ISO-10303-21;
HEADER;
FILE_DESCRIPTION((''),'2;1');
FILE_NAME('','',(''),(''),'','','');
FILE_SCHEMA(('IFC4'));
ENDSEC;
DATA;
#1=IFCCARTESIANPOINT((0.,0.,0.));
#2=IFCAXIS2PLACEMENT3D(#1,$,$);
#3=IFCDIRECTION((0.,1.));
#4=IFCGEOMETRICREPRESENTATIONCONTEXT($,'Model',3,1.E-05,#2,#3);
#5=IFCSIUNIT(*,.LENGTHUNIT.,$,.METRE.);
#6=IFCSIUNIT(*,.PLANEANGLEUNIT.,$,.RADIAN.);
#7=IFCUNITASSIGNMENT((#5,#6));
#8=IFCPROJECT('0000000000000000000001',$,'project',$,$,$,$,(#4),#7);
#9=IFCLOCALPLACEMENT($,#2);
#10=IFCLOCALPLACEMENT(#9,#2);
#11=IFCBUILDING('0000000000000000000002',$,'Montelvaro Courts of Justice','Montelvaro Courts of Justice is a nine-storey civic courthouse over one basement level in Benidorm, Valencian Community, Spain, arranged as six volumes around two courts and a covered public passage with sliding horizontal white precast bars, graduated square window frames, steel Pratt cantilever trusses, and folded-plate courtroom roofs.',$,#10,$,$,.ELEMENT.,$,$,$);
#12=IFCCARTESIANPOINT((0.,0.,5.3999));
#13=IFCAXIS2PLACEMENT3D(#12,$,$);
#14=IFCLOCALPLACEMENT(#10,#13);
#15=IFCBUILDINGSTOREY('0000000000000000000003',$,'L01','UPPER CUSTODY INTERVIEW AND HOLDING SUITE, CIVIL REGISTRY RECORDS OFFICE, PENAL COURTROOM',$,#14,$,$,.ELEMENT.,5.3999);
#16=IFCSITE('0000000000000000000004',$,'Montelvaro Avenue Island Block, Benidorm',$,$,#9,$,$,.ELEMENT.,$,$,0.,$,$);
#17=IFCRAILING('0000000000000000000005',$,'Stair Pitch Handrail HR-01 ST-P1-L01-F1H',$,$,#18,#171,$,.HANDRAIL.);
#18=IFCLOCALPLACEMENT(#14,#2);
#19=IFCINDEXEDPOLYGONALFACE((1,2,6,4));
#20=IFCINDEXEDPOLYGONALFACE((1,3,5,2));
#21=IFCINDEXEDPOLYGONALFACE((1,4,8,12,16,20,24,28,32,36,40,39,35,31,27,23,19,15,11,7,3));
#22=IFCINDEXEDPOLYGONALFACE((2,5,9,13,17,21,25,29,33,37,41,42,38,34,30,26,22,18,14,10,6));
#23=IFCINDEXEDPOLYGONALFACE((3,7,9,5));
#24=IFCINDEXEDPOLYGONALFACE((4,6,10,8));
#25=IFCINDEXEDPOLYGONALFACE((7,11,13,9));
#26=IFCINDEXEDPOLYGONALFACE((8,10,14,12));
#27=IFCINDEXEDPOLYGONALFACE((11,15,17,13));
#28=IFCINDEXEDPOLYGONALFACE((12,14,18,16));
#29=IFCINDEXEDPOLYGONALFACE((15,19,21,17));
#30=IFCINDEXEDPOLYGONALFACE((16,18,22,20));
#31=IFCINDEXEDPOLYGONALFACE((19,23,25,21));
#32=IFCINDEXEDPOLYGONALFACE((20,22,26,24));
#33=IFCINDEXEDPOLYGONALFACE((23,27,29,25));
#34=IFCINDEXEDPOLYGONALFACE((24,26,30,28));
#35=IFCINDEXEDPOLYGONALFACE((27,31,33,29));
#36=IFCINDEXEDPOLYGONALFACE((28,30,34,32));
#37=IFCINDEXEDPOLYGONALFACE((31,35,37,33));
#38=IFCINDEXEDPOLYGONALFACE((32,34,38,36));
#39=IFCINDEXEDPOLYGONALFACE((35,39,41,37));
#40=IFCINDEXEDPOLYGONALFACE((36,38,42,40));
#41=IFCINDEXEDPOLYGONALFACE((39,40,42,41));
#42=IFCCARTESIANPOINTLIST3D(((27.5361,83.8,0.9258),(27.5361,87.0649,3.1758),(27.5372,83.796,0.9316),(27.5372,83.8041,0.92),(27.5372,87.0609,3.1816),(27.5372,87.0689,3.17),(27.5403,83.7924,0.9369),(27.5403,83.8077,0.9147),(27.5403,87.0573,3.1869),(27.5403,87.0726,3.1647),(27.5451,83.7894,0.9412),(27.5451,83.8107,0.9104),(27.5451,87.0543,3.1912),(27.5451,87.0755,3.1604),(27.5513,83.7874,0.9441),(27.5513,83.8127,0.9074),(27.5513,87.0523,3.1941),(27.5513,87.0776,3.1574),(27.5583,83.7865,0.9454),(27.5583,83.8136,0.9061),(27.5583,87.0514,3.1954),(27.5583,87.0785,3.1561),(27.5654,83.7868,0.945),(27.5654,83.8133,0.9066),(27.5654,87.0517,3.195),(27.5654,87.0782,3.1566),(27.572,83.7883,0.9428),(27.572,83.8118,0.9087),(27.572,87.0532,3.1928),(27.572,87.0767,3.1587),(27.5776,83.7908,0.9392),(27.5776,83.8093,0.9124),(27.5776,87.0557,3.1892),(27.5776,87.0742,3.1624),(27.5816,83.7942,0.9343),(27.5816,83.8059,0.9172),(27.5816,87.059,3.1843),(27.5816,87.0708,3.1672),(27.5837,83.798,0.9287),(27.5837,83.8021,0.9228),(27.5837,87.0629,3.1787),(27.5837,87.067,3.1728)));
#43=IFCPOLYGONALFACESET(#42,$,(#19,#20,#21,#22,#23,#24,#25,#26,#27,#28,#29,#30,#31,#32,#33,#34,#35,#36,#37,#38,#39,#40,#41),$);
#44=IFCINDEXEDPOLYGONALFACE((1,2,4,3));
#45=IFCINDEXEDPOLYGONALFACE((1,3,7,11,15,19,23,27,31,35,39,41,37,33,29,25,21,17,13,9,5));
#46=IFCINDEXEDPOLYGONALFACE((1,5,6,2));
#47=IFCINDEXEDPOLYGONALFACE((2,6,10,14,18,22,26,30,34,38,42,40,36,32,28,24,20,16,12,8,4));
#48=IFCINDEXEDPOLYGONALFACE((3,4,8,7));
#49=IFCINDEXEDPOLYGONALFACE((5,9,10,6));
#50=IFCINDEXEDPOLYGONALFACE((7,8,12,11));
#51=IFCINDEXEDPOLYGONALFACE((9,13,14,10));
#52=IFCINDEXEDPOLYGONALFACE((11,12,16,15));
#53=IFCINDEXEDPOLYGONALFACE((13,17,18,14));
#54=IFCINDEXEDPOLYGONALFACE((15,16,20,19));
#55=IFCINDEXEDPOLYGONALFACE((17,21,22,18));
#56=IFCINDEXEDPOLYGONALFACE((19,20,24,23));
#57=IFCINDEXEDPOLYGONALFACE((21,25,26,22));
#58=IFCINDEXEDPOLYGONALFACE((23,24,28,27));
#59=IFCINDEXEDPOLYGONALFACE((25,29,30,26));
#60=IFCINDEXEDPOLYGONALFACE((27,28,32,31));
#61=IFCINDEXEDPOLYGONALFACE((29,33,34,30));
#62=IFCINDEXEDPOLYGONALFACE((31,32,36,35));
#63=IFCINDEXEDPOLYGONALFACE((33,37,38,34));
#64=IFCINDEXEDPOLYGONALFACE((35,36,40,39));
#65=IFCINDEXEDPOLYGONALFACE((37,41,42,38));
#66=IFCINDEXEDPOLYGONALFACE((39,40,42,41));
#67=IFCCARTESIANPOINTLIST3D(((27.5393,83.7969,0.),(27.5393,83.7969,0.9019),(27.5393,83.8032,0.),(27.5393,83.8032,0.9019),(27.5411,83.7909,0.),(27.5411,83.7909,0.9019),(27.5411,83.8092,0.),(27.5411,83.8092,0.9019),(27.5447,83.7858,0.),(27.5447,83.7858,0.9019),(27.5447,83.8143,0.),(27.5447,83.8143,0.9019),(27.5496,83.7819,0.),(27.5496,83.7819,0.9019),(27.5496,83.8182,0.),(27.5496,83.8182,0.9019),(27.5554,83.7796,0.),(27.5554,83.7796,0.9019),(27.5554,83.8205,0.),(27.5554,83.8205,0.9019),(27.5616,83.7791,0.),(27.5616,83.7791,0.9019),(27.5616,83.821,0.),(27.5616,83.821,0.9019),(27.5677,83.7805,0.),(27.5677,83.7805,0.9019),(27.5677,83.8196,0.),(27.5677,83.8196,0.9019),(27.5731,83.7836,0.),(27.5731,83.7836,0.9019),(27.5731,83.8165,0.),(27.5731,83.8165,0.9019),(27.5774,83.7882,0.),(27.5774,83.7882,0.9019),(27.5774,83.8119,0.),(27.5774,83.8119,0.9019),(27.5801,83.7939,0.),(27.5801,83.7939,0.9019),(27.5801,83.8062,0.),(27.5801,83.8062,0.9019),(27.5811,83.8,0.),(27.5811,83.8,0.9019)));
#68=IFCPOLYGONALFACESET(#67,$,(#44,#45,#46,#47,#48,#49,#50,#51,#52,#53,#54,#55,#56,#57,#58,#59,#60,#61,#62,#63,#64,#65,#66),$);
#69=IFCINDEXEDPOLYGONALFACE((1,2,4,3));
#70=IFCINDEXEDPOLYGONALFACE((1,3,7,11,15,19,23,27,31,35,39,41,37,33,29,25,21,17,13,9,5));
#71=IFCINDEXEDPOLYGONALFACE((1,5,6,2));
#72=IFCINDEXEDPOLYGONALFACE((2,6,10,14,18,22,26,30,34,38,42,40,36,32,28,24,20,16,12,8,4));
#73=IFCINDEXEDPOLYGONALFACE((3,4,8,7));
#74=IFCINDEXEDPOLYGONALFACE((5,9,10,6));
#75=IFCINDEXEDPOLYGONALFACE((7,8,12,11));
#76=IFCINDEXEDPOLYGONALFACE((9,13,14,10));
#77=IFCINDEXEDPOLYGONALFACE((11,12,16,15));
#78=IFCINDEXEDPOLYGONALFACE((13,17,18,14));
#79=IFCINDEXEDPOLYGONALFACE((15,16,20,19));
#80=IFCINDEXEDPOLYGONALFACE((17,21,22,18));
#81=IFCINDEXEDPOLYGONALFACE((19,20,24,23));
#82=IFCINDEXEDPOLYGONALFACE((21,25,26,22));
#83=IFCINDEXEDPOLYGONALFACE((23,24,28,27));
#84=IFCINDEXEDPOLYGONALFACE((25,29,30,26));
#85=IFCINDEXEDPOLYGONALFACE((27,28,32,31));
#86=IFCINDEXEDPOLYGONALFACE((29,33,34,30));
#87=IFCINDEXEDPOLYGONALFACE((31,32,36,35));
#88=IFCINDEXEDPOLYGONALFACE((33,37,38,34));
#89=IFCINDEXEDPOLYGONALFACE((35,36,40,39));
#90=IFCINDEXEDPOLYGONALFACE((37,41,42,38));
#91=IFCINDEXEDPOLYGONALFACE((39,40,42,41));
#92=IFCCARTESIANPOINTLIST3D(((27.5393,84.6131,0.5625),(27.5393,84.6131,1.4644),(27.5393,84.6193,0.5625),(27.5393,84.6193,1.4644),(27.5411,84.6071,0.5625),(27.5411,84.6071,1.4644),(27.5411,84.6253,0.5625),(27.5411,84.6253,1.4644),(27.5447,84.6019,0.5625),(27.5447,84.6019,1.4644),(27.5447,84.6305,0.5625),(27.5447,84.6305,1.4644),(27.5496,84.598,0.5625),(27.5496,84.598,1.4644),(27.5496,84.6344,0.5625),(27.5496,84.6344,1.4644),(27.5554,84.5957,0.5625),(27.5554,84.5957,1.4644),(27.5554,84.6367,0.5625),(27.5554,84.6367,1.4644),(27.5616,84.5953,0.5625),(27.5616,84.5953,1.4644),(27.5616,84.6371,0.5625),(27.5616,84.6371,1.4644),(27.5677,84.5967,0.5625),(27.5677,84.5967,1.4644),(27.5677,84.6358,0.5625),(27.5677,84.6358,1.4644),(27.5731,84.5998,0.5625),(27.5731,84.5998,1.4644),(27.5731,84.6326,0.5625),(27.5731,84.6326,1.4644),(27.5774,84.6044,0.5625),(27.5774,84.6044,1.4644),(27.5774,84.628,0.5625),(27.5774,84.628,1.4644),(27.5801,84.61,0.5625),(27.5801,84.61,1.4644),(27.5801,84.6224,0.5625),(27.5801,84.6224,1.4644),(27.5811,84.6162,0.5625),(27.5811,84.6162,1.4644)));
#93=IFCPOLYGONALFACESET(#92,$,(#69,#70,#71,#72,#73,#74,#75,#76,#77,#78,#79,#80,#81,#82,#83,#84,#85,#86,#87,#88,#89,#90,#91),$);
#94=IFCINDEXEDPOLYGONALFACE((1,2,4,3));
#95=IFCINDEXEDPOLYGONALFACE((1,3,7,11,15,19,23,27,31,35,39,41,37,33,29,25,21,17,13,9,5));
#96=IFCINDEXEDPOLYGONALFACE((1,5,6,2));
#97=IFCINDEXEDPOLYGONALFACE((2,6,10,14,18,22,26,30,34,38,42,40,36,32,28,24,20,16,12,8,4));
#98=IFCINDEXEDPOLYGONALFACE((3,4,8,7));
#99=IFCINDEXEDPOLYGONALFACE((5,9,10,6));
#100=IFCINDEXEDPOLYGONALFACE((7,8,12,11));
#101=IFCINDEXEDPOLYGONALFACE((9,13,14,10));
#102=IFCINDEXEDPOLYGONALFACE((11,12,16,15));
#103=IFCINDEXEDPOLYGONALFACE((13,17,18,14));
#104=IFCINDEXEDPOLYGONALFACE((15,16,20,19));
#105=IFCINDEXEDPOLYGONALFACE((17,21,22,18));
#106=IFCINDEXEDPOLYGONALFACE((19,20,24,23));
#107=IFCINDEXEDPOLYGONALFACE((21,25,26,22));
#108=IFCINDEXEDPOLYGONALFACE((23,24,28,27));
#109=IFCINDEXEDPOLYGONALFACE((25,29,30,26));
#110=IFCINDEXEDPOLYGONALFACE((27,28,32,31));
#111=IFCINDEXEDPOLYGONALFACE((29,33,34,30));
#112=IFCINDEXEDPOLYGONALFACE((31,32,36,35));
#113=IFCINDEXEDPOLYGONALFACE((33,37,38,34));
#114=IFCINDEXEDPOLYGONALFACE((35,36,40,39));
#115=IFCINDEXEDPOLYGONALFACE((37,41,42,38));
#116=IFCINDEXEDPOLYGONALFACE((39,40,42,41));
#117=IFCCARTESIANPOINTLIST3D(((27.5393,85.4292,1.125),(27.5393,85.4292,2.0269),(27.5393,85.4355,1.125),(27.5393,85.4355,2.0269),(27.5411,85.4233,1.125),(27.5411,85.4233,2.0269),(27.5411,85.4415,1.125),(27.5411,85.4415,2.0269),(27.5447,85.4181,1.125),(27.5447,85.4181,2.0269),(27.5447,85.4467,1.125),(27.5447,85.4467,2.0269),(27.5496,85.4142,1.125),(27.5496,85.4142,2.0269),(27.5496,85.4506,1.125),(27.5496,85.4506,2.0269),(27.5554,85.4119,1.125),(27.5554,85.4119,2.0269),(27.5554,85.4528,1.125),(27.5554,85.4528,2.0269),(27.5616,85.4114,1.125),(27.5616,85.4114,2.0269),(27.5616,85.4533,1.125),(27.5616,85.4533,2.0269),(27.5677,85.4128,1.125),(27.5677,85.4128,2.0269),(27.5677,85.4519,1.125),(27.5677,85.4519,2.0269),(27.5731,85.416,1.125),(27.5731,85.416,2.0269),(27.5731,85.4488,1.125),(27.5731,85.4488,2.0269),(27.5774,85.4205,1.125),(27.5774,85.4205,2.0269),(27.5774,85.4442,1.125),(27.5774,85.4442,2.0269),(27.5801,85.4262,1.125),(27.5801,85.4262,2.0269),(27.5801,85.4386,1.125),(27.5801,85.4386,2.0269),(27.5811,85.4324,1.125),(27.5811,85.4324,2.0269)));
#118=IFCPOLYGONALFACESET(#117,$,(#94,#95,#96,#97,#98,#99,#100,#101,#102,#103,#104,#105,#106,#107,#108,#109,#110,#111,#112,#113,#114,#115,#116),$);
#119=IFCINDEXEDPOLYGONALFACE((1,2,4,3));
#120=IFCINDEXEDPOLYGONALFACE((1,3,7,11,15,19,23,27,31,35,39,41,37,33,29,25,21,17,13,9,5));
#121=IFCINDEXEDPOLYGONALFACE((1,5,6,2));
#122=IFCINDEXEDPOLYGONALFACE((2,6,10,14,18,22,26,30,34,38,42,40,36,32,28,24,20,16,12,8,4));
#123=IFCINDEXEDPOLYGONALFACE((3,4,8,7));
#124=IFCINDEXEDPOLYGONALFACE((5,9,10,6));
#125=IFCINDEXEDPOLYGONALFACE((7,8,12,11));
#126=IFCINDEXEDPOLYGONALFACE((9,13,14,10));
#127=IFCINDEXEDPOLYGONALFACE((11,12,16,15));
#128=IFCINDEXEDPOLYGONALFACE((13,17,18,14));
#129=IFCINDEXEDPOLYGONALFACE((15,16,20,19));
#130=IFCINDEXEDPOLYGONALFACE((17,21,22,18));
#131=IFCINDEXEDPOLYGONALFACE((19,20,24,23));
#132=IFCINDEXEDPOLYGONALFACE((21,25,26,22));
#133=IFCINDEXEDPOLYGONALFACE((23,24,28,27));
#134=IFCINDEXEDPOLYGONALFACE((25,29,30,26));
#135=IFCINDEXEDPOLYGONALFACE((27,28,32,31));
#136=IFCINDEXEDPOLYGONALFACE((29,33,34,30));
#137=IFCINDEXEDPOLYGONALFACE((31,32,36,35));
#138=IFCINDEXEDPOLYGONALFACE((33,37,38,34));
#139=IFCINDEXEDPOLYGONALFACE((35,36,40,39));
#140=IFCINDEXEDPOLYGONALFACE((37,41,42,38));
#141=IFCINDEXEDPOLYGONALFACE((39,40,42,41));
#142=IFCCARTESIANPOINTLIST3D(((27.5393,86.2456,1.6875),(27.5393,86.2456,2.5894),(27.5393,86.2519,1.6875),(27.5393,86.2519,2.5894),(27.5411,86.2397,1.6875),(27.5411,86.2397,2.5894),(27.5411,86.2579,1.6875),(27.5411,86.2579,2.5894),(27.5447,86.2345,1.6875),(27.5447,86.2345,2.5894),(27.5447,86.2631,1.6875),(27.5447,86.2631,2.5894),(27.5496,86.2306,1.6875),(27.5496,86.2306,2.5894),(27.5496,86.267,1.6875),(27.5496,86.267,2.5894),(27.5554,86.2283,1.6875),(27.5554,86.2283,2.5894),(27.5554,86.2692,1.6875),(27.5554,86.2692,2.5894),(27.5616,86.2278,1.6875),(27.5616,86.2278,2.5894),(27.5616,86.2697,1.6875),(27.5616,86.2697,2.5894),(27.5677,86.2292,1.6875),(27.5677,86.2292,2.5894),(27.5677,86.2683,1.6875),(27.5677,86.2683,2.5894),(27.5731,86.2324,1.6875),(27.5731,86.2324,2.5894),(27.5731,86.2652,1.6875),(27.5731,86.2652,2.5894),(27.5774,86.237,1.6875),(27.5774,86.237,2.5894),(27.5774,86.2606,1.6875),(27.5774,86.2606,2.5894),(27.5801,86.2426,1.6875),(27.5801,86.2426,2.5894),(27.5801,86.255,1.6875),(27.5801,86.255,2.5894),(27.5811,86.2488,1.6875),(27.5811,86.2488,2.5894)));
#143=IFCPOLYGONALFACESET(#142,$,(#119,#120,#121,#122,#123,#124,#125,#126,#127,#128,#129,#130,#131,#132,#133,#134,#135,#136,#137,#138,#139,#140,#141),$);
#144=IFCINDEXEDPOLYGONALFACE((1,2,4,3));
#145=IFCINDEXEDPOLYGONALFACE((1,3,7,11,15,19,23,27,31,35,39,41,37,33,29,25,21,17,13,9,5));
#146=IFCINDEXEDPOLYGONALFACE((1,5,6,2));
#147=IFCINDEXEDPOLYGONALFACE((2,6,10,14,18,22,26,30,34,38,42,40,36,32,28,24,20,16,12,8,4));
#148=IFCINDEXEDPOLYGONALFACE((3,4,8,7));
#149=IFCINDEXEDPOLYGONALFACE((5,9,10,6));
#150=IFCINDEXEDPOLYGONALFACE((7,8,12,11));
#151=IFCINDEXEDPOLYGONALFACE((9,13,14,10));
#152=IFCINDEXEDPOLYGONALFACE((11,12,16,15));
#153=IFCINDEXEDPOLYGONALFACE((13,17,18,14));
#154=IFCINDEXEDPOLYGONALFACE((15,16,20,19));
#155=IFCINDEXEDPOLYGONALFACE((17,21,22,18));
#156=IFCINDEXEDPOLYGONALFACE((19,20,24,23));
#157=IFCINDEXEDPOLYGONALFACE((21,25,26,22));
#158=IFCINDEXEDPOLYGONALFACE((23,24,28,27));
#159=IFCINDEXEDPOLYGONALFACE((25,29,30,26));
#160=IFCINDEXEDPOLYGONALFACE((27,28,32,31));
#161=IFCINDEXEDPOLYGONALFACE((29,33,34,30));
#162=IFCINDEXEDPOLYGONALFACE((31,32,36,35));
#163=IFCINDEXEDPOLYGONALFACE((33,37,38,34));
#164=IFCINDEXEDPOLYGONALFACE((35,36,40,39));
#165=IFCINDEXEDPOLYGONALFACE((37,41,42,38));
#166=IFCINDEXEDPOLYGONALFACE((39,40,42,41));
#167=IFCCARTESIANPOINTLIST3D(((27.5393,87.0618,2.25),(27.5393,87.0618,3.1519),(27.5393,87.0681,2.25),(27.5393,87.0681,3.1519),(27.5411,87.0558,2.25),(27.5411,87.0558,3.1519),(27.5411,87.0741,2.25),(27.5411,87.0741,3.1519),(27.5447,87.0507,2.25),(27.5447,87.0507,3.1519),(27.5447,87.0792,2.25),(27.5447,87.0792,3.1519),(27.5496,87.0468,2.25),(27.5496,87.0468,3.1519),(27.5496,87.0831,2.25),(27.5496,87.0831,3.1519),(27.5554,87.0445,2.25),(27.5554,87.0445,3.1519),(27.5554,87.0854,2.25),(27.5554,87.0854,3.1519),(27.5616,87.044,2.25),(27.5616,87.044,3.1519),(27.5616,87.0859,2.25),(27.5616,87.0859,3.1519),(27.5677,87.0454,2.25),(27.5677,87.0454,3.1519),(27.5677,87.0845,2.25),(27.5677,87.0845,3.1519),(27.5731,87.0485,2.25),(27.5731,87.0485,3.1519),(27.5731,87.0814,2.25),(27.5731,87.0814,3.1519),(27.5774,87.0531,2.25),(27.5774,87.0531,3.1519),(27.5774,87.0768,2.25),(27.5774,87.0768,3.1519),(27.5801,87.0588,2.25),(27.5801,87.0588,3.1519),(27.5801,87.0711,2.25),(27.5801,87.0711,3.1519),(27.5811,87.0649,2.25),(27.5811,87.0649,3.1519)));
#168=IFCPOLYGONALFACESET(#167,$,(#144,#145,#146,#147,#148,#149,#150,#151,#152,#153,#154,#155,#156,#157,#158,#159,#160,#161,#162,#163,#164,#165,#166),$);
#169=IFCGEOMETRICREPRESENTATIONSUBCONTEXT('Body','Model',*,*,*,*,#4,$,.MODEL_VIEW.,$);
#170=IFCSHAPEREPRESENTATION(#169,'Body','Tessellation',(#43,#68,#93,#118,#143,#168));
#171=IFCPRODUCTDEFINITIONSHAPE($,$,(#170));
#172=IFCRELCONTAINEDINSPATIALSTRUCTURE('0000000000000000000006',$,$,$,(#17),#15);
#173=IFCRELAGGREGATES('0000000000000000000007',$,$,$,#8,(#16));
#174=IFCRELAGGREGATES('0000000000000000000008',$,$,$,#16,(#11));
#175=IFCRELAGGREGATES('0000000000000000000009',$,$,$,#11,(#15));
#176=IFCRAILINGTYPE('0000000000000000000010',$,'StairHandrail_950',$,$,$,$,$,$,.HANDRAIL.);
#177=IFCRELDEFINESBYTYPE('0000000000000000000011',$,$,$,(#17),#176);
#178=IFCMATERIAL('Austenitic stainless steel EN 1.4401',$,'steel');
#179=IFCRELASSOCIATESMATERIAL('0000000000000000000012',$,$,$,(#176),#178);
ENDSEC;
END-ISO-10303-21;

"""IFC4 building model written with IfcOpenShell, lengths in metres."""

from ifc_helpers import new_model, si_unit, direction, frame, origin, origin_2d, place, context, subcontext, project, spatial, circle, extrude, material, type_object, element, save


model = new_model("IFC4")

# Units and contexts
model_context = context("Model", 3, precision=1e-05, world=origin(), true_north=direction((0.0, 1.0)))
body_context = subcontext(model_context, "Body", "Model", "MODEL_VIEW")
ifc_project = project(units=[si_unit("LENGTHUNIT", "METRE"), si_unit("PLANEANGLEUNIT", "RADIAN")], contexts=[model_context])

# Site, building, storey
site_placement = place(None, origin())
site = spatial("IfcSite", under=ifc_project, at=site_placement, Name="Montelvaro Avenue Island Block, Benidorm", CompositionType="ELEMENT", RefElevation=0.0)
building_placement = place(site_placement, origin())
building = spatial("IfcBuilding", under=site, at=building_placement, Name="Montelvaro Courts of Justice", Description="Montelvaro Courts of Justice is a nine-storey civic courthouse over one basement level in Benidorm, Valencian Community, Spain, arranged as six volumes around two courts and a covered public passage with sliding horizontal white precast bars, graduated square window frames, steel Pratt cantilever trusses, and folded-plate courtroom roofs.", CompositionType="ELEMENT")
storey_placement = place(building_placement, frame((0.0, 0.0, 5.3999)))
storey = spatial("IfcBuildingStorey", under=building, at=storey_placement, Name="L01", Description="UPPER CUSTODY INTERVIEW AND HOLDING SUITE, CIVIL REGISTRY RECORDS OFFICE, PENAL COURTROOM", CompositionType="ELEMENT", Elevation=5.3999)

# Railing
ifc_material_1 = material(Name="Austenitic stainless steel EN 1.4401", Category="steel")
railing_type_1 = type_object("IfcRailingType", Name="StairHandrail_950", PredefinedType="HANDRAIL", material=ifc_material_1)
railing_1_placement = place(storey_placement, frame((27.5601, 83.8, 0.0)))
element("IfcRailing", 1, at=railing_1_placement, inside=storey, type_object=railing_type_1, Name="Stair Pitch Handrail HR-01 ST-P1-L01-F1H", PredefinedType="HANDRAIL", context=body_context, shape_type="SweptSolid", body=[
    extrude(circle(Radius=0.0239, at=origin_2d()), frame((0.0, 0.0, 0.9258), z_axis=(0.0, 0.823407, 0.567451), x_axis=(-1.0, 0.0, 0.0)), (0.0, 0.0, 1.0), 3.9651),
    extrude(circle(Radius=0.021, at=origin_2d()), origin(), (0.0, 0.0, 1.0), 0.9019),
    extrude(circle(Radius=0.021, at=origin_2d()), frame((0.0, 0.8162, 0.5625)), (0.0, 0.0, 1.0), 0.9019),
    extrude(circle(Radius=0.021, at=origin_2d()), frame((0.0, 1.6323, 1.125)), (0.0, 0.0, 1.0), 0.9019),
    extrude(circle(Radius=0.021, at=origin_2d()), frame((0.0, 2.4487, 1.6875)), (0.0, 0.0, 1.0), 0.9019),
    extrude(circle(Radius=0.021, at=origin_2d()), frame((0.0, 3.2649, 2.25)), (0.0, 0.0, 1.0), 0.9019),
])

save(model, "model.ifc")
